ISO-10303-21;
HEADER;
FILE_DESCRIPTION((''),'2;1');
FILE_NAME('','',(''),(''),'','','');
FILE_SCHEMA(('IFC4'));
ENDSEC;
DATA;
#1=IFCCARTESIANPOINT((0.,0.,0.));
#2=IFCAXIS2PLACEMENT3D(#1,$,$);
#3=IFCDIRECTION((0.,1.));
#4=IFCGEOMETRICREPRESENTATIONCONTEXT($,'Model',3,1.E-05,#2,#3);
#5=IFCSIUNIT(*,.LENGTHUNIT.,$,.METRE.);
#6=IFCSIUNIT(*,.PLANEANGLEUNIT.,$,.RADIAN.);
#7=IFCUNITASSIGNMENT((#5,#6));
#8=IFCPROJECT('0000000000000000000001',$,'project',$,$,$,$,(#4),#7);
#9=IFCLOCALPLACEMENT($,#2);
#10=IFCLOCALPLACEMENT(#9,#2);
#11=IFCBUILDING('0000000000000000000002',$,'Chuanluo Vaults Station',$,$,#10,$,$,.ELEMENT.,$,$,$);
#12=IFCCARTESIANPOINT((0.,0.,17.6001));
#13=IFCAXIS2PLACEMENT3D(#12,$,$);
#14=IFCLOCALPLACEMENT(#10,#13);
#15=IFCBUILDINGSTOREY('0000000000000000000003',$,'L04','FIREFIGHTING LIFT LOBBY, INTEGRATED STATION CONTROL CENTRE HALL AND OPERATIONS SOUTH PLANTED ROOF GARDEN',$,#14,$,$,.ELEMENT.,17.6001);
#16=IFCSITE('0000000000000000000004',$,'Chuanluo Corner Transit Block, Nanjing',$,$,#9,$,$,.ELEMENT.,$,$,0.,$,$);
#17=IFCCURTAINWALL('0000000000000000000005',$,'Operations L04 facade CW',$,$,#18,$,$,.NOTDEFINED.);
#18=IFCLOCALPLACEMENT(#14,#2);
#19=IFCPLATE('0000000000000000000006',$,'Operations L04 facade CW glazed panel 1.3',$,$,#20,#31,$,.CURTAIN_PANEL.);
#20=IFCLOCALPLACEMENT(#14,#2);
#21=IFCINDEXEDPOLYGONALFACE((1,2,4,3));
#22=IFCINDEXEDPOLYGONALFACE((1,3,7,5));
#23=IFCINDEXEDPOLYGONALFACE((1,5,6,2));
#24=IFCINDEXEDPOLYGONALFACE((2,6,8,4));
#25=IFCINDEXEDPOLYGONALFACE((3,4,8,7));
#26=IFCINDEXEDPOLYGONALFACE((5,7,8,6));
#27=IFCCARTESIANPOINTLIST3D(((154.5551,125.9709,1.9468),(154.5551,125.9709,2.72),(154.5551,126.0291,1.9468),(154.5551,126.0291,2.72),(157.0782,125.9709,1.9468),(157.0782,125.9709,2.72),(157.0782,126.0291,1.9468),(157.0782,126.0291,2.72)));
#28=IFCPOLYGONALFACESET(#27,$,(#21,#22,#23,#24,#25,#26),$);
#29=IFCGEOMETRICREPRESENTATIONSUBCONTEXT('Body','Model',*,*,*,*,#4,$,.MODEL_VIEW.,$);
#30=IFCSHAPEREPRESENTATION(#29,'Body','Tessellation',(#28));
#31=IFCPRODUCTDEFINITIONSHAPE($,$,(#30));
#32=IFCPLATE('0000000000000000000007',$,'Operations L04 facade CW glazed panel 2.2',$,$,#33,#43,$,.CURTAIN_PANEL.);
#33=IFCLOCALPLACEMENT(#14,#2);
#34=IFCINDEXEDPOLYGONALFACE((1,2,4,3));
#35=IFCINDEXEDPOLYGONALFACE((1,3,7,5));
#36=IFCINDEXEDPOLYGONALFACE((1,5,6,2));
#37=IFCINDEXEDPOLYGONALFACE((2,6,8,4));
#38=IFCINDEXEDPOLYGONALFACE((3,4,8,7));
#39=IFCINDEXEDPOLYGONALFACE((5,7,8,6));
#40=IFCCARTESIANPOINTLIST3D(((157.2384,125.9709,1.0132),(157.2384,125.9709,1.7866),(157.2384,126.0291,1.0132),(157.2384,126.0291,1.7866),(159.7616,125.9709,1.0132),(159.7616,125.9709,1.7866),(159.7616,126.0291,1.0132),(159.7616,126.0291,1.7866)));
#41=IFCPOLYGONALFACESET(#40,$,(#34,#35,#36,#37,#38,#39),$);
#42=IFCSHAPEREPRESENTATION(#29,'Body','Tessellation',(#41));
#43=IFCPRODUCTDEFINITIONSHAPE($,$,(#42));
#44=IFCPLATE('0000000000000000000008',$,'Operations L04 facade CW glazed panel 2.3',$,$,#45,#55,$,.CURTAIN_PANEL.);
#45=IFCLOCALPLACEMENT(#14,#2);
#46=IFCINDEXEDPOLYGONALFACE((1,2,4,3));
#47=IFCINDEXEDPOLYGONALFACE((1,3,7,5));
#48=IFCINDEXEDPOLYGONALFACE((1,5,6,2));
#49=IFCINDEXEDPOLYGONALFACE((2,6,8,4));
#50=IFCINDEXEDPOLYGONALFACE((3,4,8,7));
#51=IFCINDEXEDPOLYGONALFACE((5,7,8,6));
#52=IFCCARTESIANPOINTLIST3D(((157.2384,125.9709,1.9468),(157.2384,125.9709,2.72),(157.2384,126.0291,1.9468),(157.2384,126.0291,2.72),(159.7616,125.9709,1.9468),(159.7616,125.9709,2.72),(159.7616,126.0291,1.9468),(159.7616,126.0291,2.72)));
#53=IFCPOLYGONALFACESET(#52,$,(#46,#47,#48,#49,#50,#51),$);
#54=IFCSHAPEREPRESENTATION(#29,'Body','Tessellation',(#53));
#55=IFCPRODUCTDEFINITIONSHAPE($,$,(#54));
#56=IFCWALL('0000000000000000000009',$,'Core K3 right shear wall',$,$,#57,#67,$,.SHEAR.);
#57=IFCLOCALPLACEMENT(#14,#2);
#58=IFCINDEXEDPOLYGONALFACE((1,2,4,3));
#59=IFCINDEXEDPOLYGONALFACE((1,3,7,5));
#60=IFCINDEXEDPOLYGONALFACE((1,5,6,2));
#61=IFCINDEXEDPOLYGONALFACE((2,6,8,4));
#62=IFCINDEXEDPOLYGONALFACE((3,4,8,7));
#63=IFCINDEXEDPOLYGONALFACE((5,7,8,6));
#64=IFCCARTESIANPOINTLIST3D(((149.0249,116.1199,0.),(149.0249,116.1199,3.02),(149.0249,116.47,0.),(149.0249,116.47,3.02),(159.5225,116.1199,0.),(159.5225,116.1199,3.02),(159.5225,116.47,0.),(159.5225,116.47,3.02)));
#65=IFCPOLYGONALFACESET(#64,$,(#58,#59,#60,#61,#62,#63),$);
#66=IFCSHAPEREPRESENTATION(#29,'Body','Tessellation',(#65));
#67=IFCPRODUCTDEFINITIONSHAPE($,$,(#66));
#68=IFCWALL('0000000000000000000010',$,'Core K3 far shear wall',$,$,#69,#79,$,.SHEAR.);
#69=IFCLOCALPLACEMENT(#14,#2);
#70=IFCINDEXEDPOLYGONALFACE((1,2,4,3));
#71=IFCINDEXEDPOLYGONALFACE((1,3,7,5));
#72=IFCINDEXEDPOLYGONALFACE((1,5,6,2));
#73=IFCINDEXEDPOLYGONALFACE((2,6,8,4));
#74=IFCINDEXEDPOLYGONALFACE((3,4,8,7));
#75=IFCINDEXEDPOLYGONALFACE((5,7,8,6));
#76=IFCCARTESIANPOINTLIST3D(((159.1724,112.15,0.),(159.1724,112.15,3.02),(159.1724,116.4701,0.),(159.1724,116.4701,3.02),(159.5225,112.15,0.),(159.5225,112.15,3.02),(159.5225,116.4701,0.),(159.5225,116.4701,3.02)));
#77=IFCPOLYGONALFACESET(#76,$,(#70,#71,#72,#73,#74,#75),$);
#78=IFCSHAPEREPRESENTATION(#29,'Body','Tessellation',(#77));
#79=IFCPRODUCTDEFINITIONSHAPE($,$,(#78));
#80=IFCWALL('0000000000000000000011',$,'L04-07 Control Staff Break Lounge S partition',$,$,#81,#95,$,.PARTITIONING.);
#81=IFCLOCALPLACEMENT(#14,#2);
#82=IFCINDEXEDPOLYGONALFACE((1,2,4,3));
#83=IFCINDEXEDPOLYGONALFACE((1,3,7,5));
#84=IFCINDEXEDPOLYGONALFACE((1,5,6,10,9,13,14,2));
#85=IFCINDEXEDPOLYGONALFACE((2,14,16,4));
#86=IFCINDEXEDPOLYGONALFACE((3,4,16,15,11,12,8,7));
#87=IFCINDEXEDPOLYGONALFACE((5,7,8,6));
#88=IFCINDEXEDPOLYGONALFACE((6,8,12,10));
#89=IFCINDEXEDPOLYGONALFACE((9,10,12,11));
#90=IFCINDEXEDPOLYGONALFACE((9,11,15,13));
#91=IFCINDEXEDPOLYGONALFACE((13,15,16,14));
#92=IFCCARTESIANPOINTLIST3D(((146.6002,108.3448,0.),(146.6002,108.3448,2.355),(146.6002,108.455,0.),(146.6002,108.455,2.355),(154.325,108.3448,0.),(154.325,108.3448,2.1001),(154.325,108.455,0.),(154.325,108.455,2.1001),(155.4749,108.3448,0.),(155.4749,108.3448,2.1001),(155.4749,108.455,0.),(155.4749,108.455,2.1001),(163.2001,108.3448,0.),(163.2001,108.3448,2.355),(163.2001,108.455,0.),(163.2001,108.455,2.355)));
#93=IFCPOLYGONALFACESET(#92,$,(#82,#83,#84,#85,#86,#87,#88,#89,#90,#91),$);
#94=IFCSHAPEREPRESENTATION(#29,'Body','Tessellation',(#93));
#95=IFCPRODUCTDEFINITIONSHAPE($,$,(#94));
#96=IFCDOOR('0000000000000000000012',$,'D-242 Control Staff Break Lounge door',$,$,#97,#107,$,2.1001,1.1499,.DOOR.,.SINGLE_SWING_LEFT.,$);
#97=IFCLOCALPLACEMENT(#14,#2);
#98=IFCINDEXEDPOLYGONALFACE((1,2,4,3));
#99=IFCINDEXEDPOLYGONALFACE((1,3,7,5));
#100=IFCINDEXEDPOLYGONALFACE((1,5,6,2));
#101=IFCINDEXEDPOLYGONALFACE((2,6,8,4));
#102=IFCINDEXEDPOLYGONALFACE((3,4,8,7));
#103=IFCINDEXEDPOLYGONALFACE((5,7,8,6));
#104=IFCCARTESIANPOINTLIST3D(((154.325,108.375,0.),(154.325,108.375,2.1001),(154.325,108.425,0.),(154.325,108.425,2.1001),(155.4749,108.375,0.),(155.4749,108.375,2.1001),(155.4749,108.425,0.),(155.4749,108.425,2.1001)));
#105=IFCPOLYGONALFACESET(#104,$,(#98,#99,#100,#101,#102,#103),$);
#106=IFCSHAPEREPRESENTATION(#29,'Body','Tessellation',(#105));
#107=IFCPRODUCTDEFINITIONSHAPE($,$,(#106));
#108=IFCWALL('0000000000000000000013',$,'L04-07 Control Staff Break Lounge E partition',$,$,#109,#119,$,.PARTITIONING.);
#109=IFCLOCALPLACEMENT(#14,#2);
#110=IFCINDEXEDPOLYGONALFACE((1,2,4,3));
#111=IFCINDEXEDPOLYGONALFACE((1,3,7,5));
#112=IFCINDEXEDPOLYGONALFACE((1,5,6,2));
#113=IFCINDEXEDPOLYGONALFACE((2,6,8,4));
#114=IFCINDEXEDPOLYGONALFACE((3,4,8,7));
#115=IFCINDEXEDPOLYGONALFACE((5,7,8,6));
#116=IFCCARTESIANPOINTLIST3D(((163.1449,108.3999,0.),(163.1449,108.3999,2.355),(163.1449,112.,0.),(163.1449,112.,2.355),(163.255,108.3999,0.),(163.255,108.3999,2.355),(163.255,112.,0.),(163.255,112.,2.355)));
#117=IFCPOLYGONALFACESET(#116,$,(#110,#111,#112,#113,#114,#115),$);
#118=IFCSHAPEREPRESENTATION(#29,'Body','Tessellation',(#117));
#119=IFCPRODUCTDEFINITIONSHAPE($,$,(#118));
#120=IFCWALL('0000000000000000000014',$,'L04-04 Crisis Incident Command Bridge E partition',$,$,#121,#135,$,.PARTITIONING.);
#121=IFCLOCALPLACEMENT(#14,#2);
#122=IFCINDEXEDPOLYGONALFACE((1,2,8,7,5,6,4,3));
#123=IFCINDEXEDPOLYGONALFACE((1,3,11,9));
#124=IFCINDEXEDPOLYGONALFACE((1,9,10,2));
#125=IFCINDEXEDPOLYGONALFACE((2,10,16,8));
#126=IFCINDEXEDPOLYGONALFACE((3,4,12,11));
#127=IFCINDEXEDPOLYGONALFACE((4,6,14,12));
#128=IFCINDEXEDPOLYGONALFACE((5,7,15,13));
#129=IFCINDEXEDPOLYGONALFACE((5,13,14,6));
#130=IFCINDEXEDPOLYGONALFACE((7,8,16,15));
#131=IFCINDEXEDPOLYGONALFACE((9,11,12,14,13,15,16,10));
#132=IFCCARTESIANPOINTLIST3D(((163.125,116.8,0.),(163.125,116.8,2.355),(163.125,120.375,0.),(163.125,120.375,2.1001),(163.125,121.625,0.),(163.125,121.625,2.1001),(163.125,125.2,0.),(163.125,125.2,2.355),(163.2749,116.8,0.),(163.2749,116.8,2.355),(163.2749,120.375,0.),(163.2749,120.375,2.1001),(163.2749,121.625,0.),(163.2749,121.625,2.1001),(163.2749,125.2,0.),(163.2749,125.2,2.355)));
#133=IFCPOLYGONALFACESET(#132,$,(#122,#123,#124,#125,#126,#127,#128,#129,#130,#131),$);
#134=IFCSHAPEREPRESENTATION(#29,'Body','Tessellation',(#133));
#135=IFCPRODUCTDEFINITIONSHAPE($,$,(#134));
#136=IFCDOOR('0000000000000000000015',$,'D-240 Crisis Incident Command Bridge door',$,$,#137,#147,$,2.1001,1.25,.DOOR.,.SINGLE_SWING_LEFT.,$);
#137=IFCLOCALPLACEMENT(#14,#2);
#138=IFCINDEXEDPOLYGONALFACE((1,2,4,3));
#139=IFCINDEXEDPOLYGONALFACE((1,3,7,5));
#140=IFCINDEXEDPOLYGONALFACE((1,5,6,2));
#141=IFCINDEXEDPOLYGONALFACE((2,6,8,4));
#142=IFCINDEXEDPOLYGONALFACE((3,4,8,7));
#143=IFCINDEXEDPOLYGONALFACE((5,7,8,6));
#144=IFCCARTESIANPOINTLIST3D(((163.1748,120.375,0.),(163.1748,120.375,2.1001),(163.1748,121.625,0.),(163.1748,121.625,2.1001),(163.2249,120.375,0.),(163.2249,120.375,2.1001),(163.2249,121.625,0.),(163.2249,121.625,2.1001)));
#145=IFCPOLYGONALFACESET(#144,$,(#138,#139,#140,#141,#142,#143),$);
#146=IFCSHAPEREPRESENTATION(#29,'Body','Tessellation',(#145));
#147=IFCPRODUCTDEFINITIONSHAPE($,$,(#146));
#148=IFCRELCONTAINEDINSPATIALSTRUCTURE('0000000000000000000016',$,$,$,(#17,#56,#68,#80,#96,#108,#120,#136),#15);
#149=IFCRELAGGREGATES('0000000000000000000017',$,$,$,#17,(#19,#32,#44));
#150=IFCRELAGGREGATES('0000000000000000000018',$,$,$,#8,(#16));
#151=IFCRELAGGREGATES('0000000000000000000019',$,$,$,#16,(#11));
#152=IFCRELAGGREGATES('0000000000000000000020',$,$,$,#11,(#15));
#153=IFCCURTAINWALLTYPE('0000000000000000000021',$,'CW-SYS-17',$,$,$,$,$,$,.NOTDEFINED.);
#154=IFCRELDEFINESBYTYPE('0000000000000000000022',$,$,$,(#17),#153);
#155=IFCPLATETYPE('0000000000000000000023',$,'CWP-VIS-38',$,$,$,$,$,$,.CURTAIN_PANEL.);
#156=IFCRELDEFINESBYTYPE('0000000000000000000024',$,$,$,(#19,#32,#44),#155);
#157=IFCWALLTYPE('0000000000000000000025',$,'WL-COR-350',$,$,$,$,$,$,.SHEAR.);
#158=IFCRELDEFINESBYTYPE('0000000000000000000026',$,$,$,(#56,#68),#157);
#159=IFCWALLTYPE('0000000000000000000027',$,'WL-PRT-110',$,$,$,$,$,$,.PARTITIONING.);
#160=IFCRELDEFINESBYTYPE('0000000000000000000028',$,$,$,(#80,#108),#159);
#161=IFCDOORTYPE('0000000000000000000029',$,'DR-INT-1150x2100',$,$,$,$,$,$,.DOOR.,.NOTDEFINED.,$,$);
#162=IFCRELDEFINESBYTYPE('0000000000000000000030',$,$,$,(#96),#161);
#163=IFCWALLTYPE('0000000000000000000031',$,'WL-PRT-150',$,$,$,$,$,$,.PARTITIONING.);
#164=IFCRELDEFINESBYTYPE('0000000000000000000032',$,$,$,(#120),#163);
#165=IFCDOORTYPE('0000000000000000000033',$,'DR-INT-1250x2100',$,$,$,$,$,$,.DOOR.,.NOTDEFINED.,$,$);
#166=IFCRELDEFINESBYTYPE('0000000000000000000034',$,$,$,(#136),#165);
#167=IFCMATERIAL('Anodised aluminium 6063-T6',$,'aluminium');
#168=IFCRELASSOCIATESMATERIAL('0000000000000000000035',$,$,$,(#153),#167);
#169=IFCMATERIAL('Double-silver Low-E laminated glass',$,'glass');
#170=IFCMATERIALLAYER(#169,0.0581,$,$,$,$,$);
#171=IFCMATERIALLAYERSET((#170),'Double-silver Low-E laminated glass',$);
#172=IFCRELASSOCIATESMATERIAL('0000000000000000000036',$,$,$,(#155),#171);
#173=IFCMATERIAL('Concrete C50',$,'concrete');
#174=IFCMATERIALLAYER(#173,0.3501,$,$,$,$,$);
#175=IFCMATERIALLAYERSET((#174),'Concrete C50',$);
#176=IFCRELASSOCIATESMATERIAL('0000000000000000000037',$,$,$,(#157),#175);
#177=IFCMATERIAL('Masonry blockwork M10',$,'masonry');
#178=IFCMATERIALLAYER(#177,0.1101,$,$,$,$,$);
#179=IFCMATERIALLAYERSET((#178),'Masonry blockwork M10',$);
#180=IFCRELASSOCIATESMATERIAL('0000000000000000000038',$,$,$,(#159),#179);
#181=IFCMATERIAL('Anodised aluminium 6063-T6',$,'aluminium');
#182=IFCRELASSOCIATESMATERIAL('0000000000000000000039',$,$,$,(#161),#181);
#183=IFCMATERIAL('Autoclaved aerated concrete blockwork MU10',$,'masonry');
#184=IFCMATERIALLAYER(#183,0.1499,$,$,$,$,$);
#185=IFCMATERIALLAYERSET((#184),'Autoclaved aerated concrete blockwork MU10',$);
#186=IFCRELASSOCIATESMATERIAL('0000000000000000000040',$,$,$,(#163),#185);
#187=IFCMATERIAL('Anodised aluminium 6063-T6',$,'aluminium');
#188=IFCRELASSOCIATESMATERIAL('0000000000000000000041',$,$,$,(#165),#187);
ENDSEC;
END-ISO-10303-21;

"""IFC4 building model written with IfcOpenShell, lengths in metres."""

from ifc_helpers import new_model, si_unit, direction, frame, frame_2d, origin, origin_2d, place, context, subcontext, project, spatial, rectangle, extrude, material, layer, layer_set, type_object, element, fill, aggregate, save


model = new_model("IFC4")

# Units and contexts
model_context = context("Model", 3, precision=1e-05, world=origin(), true_north=direction((0.0, 1.0)))
body_context = subcontext(model_context, "Body", "Model", "MODEL_VIEW")
ifc_project = project(units=[si_unit("LENGTHUNIT", "METRE"), si_unit("PLANEANGLEUNIT", "RADIAN")], contexts=[model_context])

# Site, building, storey
site_placement = place(None, origin())
site = spatial("IfcSite", under=ifc_project, at=site_placement, Name="Chuanluo Corner Transit Block, Nanjing", CompositionType="ELEMENT", RefElevation=0.0)
building_placement = place(site_placement, origin())
building = spatial("IfcBuilding", under=site, at=building_placement, Name="Chuanluo Vaults Station", CompositionType="ELEMENT")
storey_placement = place(building_placement, frame((0.0, 0.0, 17.6001)))
storey = spatial("IfcBuildingStorey", under=building, at=storey_placement, Name="L04", Description="FIREFIGHTING LIFT LOBBY, INTEGRATED STATION CONTROL CENTRE HALL AND OPERATIONS SOUTH PLANTED ROOF GARDEN", CompositionType="ELEMENT", Elevation=17.6001)

# Curtain wall, plates
ifc_material_1 = material(Name="Anodised aluminium 6063-T6", Category="aluminium")
curtain_wall_type = type_object("IfcCurtainWallType", Name="CW-SYS-17", PredefinedType="NOTDEFINED", material=ifc_material_1)
curtain_wall_placement = place(storey_placement, origin())
curtain_wall = element("IfcCurtainWall", 1, at=curtain_wall_placement, inside=storey, type_object=curtain_wall_type, Name="Operations L04 facade CW", PredefinedType="NOTDEFINED")
ifc_material_2 = material(Name="Double-silver Low-E laminated glass", Category="glass")
ifc_layer_1 = layer(ifc_material_2, 0.0581)
ifc_layer_set_1 = layer_set([ifc_layer_1], Name="Double-silver Low-E laminated glass")
plate_type_1 = type_object("IfcPlateType", Name="CWP-VIS-38", PredefinedType="CURTAIN_PANEL", material=ifc_layer_set_1)
plate_1_placement = place(storey_placement, frame((155.8167, 126.0, 1.9468), z_axis=(0.0, 0.0, 1.0), x_axis=(1.0, 0.0, 0.0)))
plate_1 = element("IfcPlate", 2, at=plate_1_placement, type_object=plate_type_1, Name="Operations L04 facade CW glazed panel 1.3", PredefinedType="CURTAIN_PANEL", context=body_context, shape_type="SweptSolid", body=[
    extrude(rectangle(XDim=2.5232, YDim=0.0581, at=origin_2d()), origin(), (0.0, 0.0, 1.0), 0.7732),
])
plate_2_placement = place(storey_placement, frame((158.5, 126.0, 1.0132), z_axis=(0.0, 0.0, 1.0), x_axis=(1.0, 0.0, 0.0)))
plate_2 = element("IfcPlate", 3, at=plate_2_placement, type_object=plate_type_1, Name="Operations L04 facade CW glazed panel 2.2", PredefinedType="CURTAIN_PANEL", context=body_context, shape_type="SweptSolid", body=[
    extrude(rectangle(XDim=2.5232, YDim=0.0581, at=origin_2d()), origin(), (0.0, 0.0, 1.0), 0.7734),
])
plate_3_placement = place(storey_placement, frame((158.5, 126.0, 1.9468), z_axis=(0.0, 0.0, 1.0), x_axis=(1.0, 0.0, 0.0)))
plate_3 = element("IfcPlate", 4, at=plate_3_placement, type_object=plate_type_1, Name="Operations L04 facade CW glazed panel 2.3", PredefinedType="CURTAIN_PANEL", context=body_context, shape_type="SweptSolid", body=[
    extrude(rectangle(XDim=2.5232, YDim=0.0581, at=origin_2d()), origin(), (0.0, 0.0, 1.0), 0.7732),
])
aggregate(curtain_wall, [plate_1, plate_2, plate_3])

# Walls
ifc_material_3 = material(Name="Concrete C50", Category="concrete")
ifc_layer_2 = layer(ifc_material_3, 0.3501)
ifc_layer_set_2 = layer_set([ifc_layer_2], Name="Concrete C50")
wall_type_1 = type_object("IfcWallType", Name="WL-COR-350", PredefinedType="SHEAR", material=ifc_layer_set_2)
wall_1_placement = place(storey_placement, frame((159.5225, 116.2949, 0.0), z_axis=(0.0, 0.0, 1.0), x_axis=(-1.0, 0.0, 0.0)))
element("IfcWall", 5, at=wall_1_placement, inside=storey, type_object=wall_type_1, Name="Core K3 right shear wall", PredefinedType="SHEAR", context=body_context, shape_type="SweptSolid", body=[
    extrude(rectangle(XDim=10.4976, YDim=0.3501, at=frame_2d((5.2488, 0.0))), origin(), (0.0, 0.0, 1.0), 3.02),
])
wall_2_placement = place(storey_placement, frame((159.3474, 112.1499, 0.0), z_axis=(0.0, 0.0, 1.0), x_axis=(0.0, 1.0, 0.0)))
element("IfcWall", 6, at=wall_2_placement, inside=storey, type_object=wall_type_1, Name="Core K3 far shear wall", PredefinedType="SHEAR", context=body_context, shape_type="SweptSolid", body=[
    extrude(rectangle(XDim=4.3201, YDim=0.3501, at=frame_2d((2.1602, 0.0))), origin(), (0.0, 0.0, 1.0), 3.02),
])

# Wall, opening, door
ifc_material_4 = material(Name="Masonry blockwork M10", Category="masonry")
ifc_layer_3 = layer(ifc_material_4, 0.1101)
ifc_layer_set_3 = layer_set([ifc_layer_3], Name="Masonry blockwork M10")
wall_type_2 = type_object("IfcWallType", Name="WL-PRT-110", PredefinedType="PARTITIONING", material=ifc_layer_set_3)
wall_3_placement = place(storey_placement, frame((163.2, 108.3999, 0.0), z_axis=(0.0, 0.0, 1.0), x_axis=(-1.0, 0.0, 0.0)))
wall_3 = element("IfcWall", 7, at=wall_3_placement, inside=storey, type_object=wall_type_2, Name="L04-07 Control Staff Break Lounge S partition", PredefinedType="PARTITIONING", context=body_context, shape_type="SweptSolid", body=[
    extrude(rectangle(XDim=16.5999, YDim=0.1101, at=frame_2d((8.2998, 0.0))), origin(), (0.0, 0.0, 1.0), 2.355),
])
opening_1_placement = place(wall_3_placement, frame((7.7251, 0.0, 0.0)))
opening_1 = element("IfcOpeningElement", 8, at=opening_1_placement, cuts=wall_3, PredefinedType="OPENING", context=body_context, shape_type="SweptSolid", body=[
    extrude(rectangle(XDim=1.1499, YDim=2.1001, at=frame_2d((0.575, 1.05))), frame((0.0, 0.0652, 0.0), z_axis=(0.0, -1.0, 0.0), x_axis=(1.0, 0.0, 0.0)), (0.0, 0.0, 1.0), 0.1301),
])
ifc_material_5 = material(Name="Anodised aluminium 6063-T6", Category="aluminium")
door_type_1 = type_object("IfcDoorType", Name="DR-INT-1150x2100", OperationType="NOTDEFINED", PredefinedType="DOOR", material=ifc_material_5)
door_1_placement = place(opening_1_placement, origin())
door_1 = element("IfcDoor", 9, at=door_1_placement, inside=storey, type_object=door_type_1, Name="D-242 Control Staff Break Lounge door", OperationType="SINGLE_SWING_LEFT", OverallHeight=2.1001, OverallWidth=1.1499, PredefinedType="DOOR", context=body_context, shape_type="SweptSolid", body=[
    extrude(rectangle(XDim=1.1499, YDim=2.1001, at=frame_2d((0.575, 1.05))), frame((0.0, 0.0249, 0.0), z_axis=(0.0, -1.0, 0.0), x_axis=(1.0, 0.0, 0.0)), (0.0, 0.0, 1.0), 0.05),
])
fill(opening_1, door_1)

# Wall
wall_4_placement = place(storey_placement, frame((163.2, 112.0, 0.0), z_axis=(0.0, 0.0, 1.0), x_axis=(0.0, -1.0, 0.0)))
element("IfcWall", 10, at=wall_4_placement, inside=storey, type_object=wall_type_2, Name="L04-07 Control Staff Break Lounge E partition", PredefinedType="PARTITIONING", context=body_context, shape_type="SweptSolid", body=[
    extrude(rectangle(XDim=3.6001, YDim=0.1101, at=frame_2d((1.8, 0.0))), origin(), (0.0, 0.0, 1.0), 2.355),
])

# Wall, opening, door
ifc_material_6 = material(Name="Autoclaved aerated concrete blockwork MU10", Category="masonry")
ifc_layer_4 = layer(ifc_material_6, 0.1499)
ifc_layer_set_4 = layer_set([ifc_layer_4], Name="Autoclaved aerated concrete blockwork MU10")
wall_type_3 = type_object("IfcWallType", Name="WL-PRT-150", PredefinedType="PARTITIONING", material=ifc_layer_set_4)
wall_5_placement = place(storey_placement, frame((163.2, 125.2, 0.0), z_axis=(0.0, 0.0, 1.0), x_axis=(0.0, -1.0, 0.0)))
wall_5 = element("IfcWall", 11, at=wall_5_placement, inside=storey, type_object=wall_type_3, Name="L04-04 Crisis Incident Command Bridge E partition", PredefinedType="PARTITIONING", context=body_context, shape_type="SweptSolid", body=[
    extrude(rectangle(XDim=8.3999, YDim=0.1499, at=frame_2d((4.2, 0.0))), origin(), (0.0, 0.0, 1.0), 2.355),
])
opening_2_placement = place(wall_5_placement, frame((3.575, 0.0, 0.0)))
opening_2 = element("IfcOpeningElement", 12, at=opening_2_placement, cuts=wall_5, PredefinedType="OPENING", context=body_context, shape_type="SweptSolid", body=[
    extrude(rectangle(XDim=1.25, YDim=2.1001, at=frame_2d((0.625, 1.05))), frame((0.0, 0.0849, 0.0), z_axis=(0.0, -1.0, 0.0), x_axis=(1.0, 0.0, 0.0)), (0.0, 0.0, 1.0), 0.1699),
])
ifc_material_7 = material(Name="Anodised aluminium 6063-T6", Category="aluminium")
door_type_2 = type_object("IfcDoorType", Name="DR-INT-1250x2100", OperationType="NOTDEFINED", PredefinedType="DOOR", material=ifc_material_7)
door_2_placement = place(opening_2_placement, origin())
door_2 = element("IfcDoor", 13, at=door_2_placement, inside=storey, type_object=door_type_2, Name="D-240 Crisis Incident Command Bridge door", OperationType="SINGLE_SWING_LEFT", OverallHeight=2.1001, OverallWidth=1.25, PredefinedType="DOOR", context=body_context, shape_type="SweptSolid", body=[
    extrude(rectangle(XDim=1.25, YDim=2.1001, at=frame_2d((0.625, 1.05))), frame((0.0, 0.0249, 0.0), z_axis=(0.0, -1.0, 0.0), x_axis=(1.0, 0.0, 0.0)), (0.0, 0.0, 1.0), 0.05),
])
fill(opening_2, door_2)

save(model, "model.ifc")
